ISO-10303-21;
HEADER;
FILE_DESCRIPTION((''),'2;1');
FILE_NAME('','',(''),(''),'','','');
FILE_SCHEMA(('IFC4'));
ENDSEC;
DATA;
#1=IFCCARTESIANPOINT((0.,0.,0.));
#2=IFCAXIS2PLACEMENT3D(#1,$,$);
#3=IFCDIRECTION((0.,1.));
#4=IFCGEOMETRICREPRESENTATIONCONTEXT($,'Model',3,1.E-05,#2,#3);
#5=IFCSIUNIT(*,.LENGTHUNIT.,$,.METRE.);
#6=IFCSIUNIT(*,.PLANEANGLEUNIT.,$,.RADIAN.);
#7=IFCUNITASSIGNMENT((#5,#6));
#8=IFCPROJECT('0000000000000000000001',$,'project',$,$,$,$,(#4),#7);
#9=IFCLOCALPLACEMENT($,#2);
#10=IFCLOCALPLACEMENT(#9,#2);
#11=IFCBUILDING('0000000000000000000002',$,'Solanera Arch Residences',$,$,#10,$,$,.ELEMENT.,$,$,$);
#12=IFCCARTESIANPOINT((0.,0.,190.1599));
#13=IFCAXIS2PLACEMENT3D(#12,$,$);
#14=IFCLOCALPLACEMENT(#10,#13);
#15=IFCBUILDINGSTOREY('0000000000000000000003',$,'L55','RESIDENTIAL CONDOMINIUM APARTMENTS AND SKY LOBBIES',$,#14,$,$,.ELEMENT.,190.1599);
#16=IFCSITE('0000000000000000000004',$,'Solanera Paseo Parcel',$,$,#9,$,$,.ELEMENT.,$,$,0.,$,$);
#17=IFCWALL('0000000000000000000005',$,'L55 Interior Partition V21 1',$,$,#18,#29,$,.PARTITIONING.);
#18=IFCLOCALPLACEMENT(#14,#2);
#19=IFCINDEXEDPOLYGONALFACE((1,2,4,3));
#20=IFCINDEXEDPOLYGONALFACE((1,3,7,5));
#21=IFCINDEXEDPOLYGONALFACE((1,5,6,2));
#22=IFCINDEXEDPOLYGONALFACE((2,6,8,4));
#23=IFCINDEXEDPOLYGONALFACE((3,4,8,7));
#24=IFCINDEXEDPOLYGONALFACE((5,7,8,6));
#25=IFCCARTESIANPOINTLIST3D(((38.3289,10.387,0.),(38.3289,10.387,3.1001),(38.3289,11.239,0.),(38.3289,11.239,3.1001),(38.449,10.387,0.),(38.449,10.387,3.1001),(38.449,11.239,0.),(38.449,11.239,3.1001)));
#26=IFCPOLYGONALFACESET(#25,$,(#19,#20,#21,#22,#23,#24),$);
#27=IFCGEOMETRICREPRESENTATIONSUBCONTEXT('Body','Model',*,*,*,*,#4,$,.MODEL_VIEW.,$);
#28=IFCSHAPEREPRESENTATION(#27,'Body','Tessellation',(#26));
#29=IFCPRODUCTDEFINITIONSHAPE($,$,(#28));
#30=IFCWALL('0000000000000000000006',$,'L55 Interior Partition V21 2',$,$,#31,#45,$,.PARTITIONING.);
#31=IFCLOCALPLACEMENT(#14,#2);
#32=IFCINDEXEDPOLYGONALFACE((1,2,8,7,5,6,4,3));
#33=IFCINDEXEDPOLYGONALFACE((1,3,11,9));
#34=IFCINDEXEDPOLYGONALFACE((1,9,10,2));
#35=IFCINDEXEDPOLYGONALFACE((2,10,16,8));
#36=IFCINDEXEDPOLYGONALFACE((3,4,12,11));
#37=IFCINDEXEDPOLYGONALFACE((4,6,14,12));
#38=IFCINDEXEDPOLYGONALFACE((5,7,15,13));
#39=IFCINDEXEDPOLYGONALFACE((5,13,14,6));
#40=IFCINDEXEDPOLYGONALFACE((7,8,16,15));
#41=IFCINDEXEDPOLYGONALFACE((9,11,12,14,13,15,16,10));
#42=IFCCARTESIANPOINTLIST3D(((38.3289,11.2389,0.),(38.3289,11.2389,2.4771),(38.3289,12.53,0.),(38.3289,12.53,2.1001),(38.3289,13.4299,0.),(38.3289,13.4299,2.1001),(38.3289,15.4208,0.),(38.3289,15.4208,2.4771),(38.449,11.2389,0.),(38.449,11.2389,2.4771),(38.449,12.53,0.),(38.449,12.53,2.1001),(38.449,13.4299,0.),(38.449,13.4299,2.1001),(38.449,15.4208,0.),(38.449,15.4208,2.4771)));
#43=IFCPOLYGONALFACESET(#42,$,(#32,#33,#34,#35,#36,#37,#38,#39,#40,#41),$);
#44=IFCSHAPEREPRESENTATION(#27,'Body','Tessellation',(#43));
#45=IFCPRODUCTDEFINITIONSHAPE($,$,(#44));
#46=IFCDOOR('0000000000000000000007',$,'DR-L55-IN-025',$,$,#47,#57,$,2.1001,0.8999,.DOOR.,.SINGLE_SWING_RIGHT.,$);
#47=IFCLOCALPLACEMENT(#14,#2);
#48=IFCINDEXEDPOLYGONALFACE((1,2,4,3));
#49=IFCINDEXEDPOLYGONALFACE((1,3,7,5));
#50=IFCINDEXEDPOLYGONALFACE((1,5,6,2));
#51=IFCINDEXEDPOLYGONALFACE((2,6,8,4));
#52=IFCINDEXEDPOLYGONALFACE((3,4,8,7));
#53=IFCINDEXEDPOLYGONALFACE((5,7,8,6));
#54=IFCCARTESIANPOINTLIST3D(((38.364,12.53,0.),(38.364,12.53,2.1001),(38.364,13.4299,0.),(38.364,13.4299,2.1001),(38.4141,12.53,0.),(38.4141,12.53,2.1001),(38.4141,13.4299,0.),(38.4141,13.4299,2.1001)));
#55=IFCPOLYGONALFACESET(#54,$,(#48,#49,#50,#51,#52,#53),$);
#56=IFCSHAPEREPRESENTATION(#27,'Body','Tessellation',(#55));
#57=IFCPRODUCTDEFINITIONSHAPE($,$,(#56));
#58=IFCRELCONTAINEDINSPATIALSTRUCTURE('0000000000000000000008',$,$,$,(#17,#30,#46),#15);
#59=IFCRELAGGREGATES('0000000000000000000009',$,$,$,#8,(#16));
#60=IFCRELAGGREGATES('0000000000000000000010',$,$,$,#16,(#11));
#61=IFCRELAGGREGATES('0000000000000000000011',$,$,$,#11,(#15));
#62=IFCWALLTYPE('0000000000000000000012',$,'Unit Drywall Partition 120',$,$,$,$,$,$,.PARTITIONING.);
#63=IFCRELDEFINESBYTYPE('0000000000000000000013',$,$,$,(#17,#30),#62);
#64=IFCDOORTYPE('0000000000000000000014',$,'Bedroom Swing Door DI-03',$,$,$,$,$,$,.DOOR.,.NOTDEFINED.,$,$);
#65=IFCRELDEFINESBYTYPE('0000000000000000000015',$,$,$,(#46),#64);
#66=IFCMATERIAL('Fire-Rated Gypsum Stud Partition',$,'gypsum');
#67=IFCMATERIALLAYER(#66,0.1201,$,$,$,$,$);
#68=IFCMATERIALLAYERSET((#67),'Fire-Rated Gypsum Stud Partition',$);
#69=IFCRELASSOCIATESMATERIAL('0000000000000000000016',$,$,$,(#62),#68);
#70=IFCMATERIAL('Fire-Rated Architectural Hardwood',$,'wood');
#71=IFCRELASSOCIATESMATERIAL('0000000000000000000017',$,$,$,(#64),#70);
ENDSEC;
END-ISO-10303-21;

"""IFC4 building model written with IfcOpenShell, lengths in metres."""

from ifc_helpers import new_model, si_unit, direction, frame, frame_2d, origin, place, context, subcontext, project, spatial, rectangle, extrude, material, layer, layer_set, type_object, element, fill, save


model = new_model("IFC4")

# Units and contexts
model_context = context("Model", 3, precision=1e-05, world=origin(), true_north=direction((0.0, 1.0)))
body_context = subcontext(model_context, "Body", "Model", "MODEL_VIEW")
ifc_project = project(units=[si_unit("LENGTHUNIT", "METRE"), si_unit("PLANEANGLEUNIT", "RADIAN")], contexts=[model_context])

# Site, building, storey
site_placement = place(None, origin())
site = spatial("IfcSite", under=ifc_project, at=site_placement, Name="Solanera Paseo Parcel", CompositionType="ELEMENT", RefElevation=0.0)
building_placement = place(site_placement, origin())
building = spatial("IfcBuilding", under=site, at=building_placement, Name="Solanera Arch Residences", CompositionType="ELEMENT")
storey_placement = place(building_placement, frame((0.0, 0.0, 190.1599)))
storey = spatial("IfcBuildingStorey", under=building, at=storey_placement, Name="L55", Description="RESIDENTIAL CONDOMINIUM APARTMENTS AND SKY LOBBIES", CompositionType="ELEMENT", Elevation=190.1599)

# Wall
ifc_material_1 = material(Name="Fire-Rated Gypsum Stud Partition", Category="gypsum")
ifc_layer_1 = layer(ifc_material_1, 0.1201)
ifc_layer_set_1 = layer_set([ifc_layer_1], Name="Fire-Rated Gypsum Stud Partition")
wall_type_1 = type_object("IfcWallType", Name="Unit Drywall Partition 120", PredefinedType="PARTITIONING", material=ifc_layer_set_1)
wall_1_placement = place(storey_placement, frame((38.3889, 10.387, 0.0), z_axis=(0.0, 0.0, 1.0), x_axis=(0.0, 1.0, 0.0)))
element("IfcWall", 1, at=wall_1_placement, inside=storey, type_object=wall_type_1, Name="L55 Interior Partition V21 1", PredefinedType="PARTITIONING", context=body_context, shape_type="SweptSolid", body=[
    extrude(rectangle(XDim=0.8521, YDim=0.1201, at=frame_2d((0.426, 0.0))), origin(), (0.0, 0.0, 1.0), 3.1001),
])

# Wall, opening, door
wall_2_placement = place(storey_placement, frame((38.3889, 11.239, 0.0), z_axis=(0.0, 0.0, 1.0), x_axis=(0.0, 1.0, 0.0)))
wall_2 = element("IfcWall", 2, at=wall_2_placement, inside=storey, type_object=wall_type_1, Name="L55 Interior Partition V21 2", PredefinedType="PARTITIONING", context=body_context, shape_type="SweptSolid", body=[
    extrude(rectangle(XDim=4.1819, YDim=0.1201, at=frame_2d((2.0908, 0.0))), origin(), (0.0, 0.0, 1.0), 2.4771),
])
opening_1_placement = place(wall_2_placement, frame((1.291, 0.0, 0.0)))
opening_1 = element("IfcOpeningElement", 3, at=opening_1_placement, cuts=wall_2, PredefinedType="OPENING", context=body_context, shape_type="SweptSolid", body=[
    extrude(rectangle(XDim=0.8999, YDim=2.1001, at=frame_2d((0.45, 1.05))), frame((0.0, 0.0701, 0.0), z_axis=(0.0, -1.0, 0.0), x_axis=(1.0, 0.0, 0.0)), (0.0, 0.0, 1.0), 0.1401),
])
ifc_material_2 = material(Name="Fire-Rated Architectural Hardwood", Category="wood")
door_type_1 = type_object("IfcDoorType", Name="Bedroom Swing Door DI-03", OperationType="NOTDEFINED", PredefinedType="DOOR", material=ifc_material_2)
door_1_placement = place(opening_1_placement, origin())
door_1 = element("IfcDoor", 4, at=door_1_placement, inside=storey, type_object=door_type_1, Name="DR-L55-IN-025", OperationType="SINGLE_SWING_RIGHT", OverallHeight=2.1001, OverallWidth=0.8999, PredefinedType="DOOR", context=body_context, shape_type="SweptSolid", body=[
    extrude(rectangle(XDim=0.8999, YDim=2.1001, at=frame_2d((0.45, 1.05))), frame((0.0, 0.0249, 0.0), z_axis=(0.0, -1.0, 0.0), x_axis=(1.0, 0.0, 0.0)), (0.0, 0.0, 1.0), 0.05),
])
fill(opening_1, door_1)

save(model, "model.ifc")
